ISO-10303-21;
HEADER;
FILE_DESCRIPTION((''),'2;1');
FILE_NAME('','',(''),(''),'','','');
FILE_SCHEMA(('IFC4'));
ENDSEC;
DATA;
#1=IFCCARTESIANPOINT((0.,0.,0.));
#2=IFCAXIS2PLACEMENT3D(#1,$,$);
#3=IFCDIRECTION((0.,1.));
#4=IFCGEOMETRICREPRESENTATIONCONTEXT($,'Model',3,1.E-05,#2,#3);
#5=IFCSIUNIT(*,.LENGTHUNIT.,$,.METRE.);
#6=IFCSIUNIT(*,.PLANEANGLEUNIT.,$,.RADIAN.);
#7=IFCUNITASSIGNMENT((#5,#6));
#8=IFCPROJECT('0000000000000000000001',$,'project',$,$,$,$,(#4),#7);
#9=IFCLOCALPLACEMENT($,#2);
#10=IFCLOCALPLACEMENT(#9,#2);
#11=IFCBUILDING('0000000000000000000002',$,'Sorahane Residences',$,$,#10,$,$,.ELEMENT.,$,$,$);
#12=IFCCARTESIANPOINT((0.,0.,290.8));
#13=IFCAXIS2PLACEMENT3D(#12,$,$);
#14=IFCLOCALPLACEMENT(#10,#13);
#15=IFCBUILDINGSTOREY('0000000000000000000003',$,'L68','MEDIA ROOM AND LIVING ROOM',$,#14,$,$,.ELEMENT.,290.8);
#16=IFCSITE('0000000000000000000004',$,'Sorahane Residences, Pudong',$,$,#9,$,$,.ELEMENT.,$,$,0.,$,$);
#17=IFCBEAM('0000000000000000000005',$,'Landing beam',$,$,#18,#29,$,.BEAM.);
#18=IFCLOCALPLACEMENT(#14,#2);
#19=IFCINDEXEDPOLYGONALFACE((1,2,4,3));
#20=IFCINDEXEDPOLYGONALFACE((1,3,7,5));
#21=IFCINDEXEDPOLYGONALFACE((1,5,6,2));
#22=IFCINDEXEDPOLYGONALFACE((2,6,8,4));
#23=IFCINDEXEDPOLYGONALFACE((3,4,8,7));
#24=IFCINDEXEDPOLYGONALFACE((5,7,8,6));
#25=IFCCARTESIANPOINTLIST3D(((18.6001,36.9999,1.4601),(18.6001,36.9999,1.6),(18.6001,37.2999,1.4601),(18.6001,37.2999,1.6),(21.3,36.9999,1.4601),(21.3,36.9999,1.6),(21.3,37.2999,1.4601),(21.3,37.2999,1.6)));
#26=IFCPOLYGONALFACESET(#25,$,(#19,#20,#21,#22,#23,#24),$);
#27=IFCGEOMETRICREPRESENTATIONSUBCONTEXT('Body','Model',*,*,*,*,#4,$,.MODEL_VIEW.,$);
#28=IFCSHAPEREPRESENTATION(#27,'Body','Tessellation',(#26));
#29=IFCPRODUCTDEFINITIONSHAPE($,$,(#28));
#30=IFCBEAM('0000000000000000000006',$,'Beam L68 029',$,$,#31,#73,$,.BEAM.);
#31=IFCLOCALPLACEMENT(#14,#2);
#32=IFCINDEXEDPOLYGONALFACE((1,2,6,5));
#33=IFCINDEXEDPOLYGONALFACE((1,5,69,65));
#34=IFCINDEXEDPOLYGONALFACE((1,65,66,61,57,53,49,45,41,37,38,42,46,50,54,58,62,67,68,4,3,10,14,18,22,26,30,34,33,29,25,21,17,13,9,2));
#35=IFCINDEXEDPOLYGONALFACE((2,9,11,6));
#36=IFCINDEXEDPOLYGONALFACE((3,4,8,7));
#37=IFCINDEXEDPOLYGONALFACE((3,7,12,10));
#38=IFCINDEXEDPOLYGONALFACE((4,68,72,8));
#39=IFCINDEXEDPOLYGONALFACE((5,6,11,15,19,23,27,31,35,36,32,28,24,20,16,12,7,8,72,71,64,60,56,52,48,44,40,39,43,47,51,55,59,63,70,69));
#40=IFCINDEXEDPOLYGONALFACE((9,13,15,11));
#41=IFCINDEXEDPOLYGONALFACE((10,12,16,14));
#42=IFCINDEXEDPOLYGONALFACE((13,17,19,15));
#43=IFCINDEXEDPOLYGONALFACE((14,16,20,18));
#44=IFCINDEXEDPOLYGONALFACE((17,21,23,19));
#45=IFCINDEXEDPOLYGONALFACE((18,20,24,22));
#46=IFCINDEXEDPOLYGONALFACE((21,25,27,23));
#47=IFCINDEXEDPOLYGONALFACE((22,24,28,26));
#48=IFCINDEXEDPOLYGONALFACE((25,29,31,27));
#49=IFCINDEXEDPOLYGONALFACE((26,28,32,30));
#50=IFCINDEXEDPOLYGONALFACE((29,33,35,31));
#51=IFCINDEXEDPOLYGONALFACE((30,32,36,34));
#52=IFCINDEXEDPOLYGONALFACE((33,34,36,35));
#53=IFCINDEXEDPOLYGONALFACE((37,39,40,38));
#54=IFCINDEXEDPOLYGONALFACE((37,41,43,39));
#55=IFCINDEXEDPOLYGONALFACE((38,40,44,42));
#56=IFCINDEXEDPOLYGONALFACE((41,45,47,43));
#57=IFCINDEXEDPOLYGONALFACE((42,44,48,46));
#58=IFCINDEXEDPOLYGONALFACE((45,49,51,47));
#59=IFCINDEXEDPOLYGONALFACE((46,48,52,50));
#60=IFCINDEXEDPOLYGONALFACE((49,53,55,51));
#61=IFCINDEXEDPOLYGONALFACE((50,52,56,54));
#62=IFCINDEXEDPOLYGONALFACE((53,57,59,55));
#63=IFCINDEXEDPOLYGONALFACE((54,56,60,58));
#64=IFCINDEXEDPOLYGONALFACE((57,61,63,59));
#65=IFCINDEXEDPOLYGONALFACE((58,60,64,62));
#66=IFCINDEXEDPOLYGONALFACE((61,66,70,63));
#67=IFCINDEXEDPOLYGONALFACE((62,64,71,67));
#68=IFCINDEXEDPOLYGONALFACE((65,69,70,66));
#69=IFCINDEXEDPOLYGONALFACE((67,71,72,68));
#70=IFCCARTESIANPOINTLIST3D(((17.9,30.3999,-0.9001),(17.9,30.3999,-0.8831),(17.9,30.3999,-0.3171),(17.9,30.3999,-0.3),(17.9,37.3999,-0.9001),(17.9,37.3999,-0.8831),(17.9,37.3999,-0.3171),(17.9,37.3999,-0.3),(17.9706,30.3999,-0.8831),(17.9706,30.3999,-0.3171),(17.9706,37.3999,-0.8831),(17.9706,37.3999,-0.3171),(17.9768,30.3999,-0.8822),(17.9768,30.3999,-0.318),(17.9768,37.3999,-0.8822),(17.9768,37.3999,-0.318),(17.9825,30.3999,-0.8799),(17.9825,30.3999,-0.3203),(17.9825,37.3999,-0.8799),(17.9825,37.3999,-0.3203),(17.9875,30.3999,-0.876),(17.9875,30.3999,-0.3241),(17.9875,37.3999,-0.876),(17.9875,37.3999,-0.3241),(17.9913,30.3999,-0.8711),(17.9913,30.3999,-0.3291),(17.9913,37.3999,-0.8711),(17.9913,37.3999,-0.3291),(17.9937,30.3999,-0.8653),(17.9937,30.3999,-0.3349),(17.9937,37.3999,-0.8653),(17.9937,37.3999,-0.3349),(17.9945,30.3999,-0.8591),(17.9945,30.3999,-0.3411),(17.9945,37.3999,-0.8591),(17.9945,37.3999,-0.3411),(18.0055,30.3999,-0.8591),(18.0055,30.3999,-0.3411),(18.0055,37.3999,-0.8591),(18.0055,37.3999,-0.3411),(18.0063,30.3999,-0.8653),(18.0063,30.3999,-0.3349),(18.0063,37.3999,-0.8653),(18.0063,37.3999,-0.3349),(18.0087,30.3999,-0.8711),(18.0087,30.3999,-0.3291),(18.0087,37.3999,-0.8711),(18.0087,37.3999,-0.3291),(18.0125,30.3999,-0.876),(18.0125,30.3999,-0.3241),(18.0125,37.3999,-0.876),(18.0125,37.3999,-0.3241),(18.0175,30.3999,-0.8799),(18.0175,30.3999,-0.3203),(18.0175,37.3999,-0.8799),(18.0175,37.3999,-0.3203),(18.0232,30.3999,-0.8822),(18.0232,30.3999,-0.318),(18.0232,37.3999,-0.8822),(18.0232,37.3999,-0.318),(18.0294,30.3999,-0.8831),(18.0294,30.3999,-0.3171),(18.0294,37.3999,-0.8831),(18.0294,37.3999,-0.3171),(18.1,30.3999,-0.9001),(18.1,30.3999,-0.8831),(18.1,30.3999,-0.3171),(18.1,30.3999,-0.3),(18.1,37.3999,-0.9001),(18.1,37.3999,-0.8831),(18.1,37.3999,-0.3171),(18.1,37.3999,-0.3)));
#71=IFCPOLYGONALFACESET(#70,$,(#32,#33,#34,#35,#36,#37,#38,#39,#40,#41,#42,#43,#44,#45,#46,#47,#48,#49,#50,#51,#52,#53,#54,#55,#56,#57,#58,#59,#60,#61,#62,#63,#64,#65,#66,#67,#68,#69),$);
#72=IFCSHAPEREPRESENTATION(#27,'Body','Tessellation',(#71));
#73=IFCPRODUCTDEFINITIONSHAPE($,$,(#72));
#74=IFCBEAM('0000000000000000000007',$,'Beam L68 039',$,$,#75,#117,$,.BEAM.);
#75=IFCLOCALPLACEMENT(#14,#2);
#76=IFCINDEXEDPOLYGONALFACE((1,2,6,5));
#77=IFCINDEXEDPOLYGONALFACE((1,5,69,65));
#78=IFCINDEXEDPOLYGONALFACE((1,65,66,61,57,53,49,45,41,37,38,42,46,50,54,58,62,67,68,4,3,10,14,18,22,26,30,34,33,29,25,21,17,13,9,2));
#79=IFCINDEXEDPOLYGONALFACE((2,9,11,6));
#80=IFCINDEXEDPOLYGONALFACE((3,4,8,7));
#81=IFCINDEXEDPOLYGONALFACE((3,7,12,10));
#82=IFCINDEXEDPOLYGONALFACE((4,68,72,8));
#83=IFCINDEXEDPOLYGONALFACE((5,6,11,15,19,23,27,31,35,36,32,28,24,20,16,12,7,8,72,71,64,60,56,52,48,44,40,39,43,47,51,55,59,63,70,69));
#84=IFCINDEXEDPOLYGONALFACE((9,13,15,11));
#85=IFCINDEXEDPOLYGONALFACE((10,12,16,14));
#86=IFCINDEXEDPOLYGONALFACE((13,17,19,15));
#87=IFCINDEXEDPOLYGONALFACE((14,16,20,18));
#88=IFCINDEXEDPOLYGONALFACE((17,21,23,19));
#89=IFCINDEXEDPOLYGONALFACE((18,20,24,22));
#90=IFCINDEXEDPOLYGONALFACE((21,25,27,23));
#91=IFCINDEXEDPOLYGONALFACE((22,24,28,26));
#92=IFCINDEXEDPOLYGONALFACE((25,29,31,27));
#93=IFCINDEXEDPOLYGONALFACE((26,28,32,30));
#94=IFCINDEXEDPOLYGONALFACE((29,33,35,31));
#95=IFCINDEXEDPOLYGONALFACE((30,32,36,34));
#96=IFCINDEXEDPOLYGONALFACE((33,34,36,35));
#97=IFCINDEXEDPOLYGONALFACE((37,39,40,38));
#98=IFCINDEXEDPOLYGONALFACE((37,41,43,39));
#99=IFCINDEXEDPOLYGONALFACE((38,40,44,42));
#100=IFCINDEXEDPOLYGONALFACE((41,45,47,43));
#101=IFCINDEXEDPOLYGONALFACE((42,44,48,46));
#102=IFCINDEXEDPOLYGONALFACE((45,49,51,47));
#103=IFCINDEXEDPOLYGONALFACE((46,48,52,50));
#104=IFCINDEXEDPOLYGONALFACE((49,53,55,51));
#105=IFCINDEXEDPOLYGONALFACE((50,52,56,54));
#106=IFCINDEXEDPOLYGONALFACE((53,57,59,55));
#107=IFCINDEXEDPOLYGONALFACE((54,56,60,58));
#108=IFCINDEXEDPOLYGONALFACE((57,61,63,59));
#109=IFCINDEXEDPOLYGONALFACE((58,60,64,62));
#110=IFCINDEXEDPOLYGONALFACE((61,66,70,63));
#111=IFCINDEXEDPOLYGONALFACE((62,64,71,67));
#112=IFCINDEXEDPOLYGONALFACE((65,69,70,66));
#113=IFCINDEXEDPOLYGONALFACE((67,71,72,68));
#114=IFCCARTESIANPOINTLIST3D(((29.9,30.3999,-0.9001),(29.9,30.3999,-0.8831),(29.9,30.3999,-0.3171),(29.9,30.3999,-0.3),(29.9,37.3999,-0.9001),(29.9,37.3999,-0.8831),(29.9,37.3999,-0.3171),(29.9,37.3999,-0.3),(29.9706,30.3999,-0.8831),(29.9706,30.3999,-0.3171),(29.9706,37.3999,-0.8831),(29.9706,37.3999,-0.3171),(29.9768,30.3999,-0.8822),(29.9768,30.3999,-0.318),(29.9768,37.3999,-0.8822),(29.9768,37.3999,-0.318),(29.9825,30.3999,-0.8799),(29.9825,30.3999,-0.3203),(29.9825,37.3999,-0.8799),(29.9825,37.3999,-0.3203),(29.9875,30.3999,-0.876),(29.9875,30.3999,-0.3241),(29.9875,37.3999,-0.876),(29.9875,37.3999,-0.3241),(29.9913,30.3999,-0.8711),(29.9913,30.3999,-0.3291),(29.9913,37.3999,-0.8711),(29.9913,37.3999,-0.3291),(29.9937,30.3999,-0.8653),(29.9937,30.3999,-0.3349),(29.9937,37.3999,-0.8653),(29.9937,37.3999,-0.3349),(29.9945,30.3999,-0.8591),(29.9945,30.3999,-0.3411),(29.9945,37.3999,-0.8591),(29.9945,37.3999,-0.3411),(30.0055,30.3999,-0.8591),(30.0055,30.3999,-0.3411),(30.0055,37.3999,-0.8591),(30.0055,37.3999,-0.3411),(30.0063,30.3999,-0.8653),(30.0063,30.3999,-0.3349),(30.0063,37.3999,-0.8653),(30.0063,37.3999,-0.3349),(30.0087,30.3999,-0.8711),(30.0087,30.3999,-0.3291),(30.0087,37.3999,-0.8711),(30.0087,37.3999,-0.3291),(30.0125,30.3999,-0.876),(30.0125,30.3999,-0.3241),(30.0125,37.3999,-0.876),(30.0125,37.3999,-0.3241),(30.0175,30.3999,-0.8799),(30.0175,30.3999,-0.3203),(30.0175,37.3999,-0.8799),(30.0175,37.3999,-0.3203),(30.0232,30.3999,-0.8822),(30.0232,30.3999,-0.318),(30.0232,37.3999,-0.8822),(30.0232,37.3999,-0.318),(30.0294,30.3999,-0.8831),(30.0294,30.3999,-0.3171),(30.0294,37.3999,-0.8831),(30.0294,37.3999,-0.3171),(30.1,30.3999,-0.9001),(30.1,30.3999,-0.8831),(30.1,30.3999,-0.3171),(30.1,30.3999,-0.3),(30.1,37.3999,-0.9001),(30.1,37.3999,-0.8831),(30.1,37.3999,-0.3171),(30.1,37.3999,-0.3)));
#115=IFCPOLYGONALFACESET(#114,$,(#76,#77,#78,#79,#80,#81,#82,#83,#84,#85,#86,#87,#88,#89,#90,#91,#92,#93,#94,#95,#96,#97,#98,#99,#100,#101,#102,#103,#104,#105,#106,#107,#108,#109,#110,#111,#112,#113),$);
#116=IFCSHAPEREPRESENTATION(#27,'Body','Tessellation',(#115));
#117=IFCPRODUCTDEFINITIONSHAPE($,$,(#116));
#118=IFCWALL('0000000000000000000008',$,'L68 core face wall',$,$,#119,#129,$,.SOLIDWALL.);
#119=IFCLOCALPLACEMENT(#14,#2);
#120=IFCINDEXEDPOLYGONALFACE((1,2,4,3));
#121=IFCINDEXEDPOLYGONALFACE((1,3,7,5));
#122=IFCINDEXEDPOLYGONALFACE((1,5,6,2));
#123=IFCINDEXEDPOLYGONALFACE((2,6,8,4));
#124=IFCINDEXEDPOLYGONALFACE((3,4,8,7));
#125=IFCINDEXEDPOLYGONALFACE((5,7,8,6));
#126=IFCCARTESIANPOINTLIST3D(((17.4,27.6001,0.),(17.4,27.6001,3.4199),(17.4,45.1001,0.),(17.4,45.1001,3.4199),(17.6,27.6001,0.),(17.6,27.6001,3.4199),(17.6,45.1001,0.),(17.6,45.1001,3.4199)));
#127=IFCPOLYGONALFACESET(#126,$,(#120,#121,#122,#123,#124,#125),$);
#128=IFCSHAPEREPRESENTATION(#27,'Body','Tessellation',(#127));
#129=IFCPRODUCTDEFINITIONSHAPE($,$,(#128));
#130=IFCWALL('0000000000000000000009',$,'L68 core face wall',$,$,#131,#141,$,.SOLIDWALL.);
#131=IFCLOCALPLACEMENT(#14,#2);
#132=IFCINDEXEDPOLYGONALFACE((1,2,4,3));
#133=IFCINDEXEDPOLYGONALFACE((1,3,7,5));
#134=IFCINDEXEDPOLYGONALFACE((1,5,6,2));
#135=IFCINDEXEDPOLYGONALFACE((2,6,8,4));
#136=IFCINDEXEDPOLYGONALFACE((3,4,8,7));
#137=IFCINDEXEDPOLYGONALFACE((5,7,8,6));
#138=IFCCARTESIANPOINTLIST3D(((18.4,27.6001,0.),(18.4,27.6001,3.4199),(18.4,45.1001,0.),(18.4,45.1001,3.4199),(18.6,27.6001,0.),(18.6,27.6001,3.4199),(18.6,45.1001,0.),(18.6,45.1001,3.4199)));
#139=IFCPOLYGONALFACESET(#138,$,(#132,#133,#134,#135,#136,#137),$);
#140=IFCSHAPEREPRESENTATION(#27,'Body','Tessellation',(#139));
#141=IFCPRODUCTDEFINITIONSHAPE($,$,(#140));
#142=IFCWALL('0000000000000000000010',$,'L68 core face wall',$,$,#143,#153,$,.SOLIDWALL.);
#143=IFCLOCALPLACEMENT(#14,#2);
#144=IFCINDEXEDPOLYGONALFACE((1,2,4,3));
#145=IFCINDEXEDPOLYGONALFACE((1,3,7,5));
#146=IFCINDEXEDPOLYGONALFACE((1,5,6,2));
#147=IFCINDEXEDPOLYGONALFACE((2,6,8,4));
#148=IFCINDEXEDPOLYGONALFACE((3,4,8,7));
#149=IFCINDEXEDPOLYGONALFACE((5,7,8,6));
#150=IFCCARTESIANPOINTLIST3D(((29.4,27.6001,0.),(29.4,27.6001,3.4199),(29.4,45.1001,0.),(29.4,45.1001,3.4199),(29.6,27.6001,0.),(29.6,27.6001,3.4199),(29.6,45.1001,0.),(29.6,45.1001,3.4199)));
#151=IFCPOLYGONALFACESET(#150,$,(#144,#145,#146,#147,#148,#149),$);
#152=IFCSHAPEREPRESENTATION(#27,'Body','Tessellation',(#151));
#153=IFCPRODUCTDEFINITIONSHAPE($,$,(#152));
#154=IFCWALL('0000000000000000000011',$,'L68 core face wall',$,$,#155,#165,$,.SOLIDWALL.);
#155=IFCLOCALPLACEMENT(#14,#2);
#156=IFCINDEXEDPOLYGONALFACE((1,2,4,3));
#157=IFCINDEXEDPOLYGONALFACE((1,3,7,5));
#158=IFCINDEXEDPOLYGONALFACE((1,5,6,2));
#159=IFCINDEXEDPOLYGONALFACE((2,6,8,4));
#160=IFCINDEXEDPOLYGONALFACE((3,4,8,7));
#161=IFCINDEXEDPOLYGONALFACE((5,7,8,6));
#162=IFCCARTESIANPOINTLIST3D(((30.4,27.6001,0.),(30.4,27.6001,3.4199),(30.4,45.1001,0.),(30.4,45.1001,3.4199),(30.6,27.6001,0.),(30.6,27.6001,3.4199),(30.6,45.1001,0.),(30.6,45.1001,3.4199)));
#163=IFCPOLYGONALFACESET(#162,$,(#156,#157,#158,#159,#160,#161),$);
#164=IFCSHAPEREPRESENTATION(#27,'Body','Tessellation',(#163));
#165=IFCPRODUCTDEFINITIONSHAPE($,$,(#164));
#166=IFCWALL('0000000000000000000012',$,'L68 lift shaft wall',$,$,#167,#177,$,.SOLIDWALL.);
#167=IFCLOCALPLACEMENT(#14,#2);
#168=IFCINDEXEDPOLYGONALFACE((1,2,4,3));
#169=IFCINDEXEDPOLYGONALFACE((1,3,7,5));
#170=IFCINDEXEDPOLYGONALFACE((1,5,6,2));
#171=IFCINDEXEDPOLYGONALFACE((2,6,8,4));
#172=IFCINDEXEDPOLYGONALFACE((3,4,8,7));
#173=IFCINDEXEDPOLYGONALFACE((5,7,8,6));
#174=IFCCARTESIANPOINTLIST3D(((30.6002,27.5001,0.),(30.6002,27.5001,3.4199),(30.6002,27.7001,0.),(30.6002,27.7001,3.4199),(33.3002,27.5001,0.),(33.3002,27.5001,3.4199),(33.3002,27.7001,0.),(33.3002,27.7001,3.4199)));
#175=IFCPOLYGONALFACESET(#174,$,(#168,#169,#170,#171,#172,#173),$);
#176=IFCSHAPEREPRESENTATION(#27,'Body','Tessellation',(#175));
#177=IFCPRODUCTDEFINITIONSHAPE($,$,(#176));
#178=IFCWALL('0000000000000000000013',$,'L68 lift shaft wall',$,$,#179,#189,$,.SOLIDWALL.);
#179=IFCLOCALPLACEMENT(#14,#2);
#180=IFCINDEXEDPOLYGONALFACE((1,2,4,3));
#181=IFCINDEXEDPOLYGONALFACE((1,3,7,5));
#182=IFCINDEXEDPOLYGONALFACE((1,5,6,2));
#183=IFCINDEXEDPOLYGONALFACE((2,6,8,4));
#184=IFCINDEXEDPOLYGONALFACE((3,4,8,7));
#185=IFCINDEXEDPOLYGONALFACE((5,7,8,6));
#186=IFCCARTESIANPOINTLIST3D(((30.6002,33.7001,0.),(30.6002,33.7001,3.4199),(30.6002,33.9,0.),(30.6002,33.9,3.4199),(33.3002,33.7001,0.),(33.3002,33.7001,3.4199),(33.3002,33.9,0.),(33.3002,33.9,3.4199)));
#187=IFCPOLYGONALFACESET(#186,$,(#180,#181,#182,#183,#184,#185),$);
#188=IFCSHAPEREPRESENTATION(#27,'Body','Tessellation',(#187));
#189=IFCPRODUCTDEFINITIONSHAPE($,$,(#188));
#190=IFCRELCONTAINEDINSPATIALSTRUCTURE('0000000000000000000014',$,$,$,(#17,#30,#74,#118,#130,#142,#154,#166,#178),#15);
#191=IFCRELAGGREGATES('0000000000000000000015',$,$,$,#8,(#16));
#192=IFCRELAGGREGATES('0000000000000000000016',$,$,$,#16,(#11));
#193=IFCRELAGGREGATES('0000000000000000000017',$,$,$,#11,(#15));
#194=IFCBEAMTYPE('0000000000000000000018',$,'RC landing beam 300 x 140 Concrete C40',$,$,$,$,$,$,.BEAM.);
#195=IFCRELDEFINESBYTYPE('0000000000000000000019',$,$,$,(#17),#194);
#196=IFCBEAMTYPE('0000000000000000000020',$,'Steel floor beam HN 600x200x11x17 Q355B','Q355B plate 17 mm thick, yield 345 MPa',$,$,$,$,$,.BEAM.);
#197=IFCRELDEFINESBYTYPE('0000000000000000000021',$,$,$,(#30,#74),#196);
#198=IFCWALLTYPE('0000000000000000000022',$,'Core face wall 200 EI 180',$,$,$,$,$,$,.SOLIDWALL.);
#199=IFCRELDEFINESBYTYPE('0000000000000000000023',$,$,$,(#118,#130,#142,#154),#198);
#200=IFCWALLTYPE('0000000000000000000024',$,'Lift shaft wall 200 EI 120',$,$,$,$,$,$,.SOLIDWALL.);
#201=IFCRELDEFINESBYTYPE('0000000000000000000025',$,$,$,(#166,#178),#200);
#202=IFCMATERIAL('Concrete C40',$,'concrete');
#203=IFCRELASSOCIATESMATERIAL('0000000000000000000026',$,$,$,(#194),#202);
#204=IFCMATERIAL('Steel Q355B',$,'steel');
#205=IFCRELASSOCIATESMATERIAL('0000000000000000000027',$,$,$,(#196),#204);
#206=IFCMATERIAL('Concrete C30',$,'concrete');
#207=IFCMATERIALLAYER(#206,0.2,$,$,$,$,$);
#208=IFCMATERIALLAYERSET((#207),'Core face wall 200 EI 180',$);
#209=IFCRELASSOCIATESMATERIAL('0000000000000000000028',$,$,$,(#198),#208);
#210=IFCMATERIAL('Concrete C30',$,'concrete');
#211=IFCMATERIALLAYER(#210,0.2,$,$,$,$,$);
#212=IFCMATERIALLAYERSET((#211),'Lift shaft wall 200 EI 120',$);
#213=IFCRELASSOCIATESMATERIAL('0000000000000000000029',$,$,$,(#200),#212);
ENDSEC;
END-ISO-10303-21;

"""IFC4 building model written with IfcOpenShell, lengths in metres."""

from ifc_helpers import new_model, si_unit, direction, frame, frame_2d, origin, origin_2d, place, context, subcontext, project, spatial, rectangle, i_section, extrude, material, layer, layer_set, material_profile, profile_set, type_object, element, save


model = new_model("IFC4")

# Units and contexts
model_context = context("Model", 3, precision=1e-05, world=origin(), true_north=direction((0.0, 1.0)))
body_context = subcontext(model_context, "Body", "Model", "MODEL_VIEW")
ifc_project = project(units=[si_unit("LENGTHUNIT", "METRE"), si_unit("PLANEANGLEUNIT", "RADIAN")], contexts=[model_context])

# Site, building, storey
site_placement = place(None, origin())
site = spatial("IfcSite", under=ifc_project, at=site_placement, Name="Sorahane Residences, Pudong", CompositionType="ELEMENT", RefElevation=0.0)
building_placement = place(site_placement, origin())
building = spatial("IfcBuilding", under=site, at=building_placement, Name="Sorahane Residences", CompositionType="ELEMENT")
storey_placement = place(building_placement, frame((0.0, 0.0, 290.8)))
storey = spatial("IfcBuildingStorey", under=building, at=storey_placement, Name="L68", Description="MEDIA ROOM AND LIVING ROOM", CompositionType="ELEMENT", Elevation=290.8)

# Beams
ifc_material_1 = material(Name="Concrete C40", Category="concrete")
ifc_material_profile_1 = material_profile(ifc_material_1, rectangle(XDim=0.3, YDim=0.1399, at=origin_2d()), Name="300x140")
ifc_profile_set_1 = profile_set([ifc_material_profile_1], Name="Concrete C40")
beam_type_1 = type_object("IfcBeamType", Name="RC landing beam 300 x 140 Concrete C40", PredefinedType="BEAM", material=ifc_profile_set_1)
beam_placement = place(storey_placement, frame((18.6001, 37.1499, 1.53), z_axis=(1.0, 0.0, 0.0), x_axis=(0.0, 1.0, 0.0)))
element("IfcBeam", 1, at=beam_placement, inside=storey, type_object=beam_type_1, Name="Landing beam", PredefinedType="BEAM", context=body_context, shape_type="SweptSolid", body=[
    extrude(rectangle(XDim=0.3, YDim=0.1399, at=origin_2d()), origin(), (0.0, 0.0, 1.0), 2.7),
])
ifc_material_2 = material(Name="Steel Q355B", Category="steel")
ifc_material_profile_2 = material_profile(ifc_material_2, i_section(OverallWidth=0.2, OverallDepth=0.6001, WebThickness=0.011, FlangeThickness=0.0171, FilletRadius=0.0239, at=origin_2d()), Name="HN 600x200x11x17")
ifc_profile_set_2 = profile_set([ifc_material_profile_2], Name="Steel Q355B")
beam_type_2 = type_object("IfcBeamType", Name="Steel floor beam HN 600x200x11x17 Q355B", Description="Q355B plate 17 mm thick, yield 345 MPa", PredefinedType="BEAM", material=ifc_profile_set_2)
for number, where, z_axis, x_axis, name in (
    (2, (18.0, 30.3999, -0.6001), (0.0, 1.0, 0.0), (-1.0, 0.0, 0.0), "Beam L68 029"),
    (3, (30.0, 30.3999, -0.6001), (0.0, 1.0, 0.0), (-1.0, 0.0, 0.0), "Beam L68 039"),
):
    element("IfcBeam", number, at=place(storey_placement, frame(where, z_axis=z_axis, x_axis=x_axis)), inside=storey, type_object=beam_type_2, Name=name, PredefinedType="BEAM", context=body_context, shape_type="SweptSolid", body=[
        extrude(i_section(OverallWidth=0.2, OverallDepth=0.6001, WebThickness=0.011, FlangeThickness=0.0171, FilletRadius=0.0239, at=origin_2d()), origin(), (0.0, 0.0, 1.0), 7.0),
    ])

# Walls
ifc_material_3 = material(Name="Concrete C30", Category="concrete")
ifc_layer_1 = layer(ifc_material_3, 0.2)
ifc_layer_set_1 = layer_set([ifc_layer_1], Name="Core face wall 200 EI 180")
wall_type_1 = type_object("IfcWallType", Name="Core face wall 200 EI 180", PredefinedType="SOLIDWALL", material=ifc_layer_set_1)
for number, where, z_axis, x_axis, name in (
    (4, (17.5, 27.6001, 0.0), (0.0, 0.0, 1.0), (0.0, 1.0, 0.0), "L68 core face wall"),
    (5, (18.5, 27.6001, 0.0), (0.0, 0.0, 1.0), (0.0, 1.0, 0.0), "L68 core face wall"),
    (6, (29.5, 27.6001, 0.0), (0.0, 0.0, 1.0), (0.0, 1.0, 0.0), "L68 core face wall"),
    (7, (30.5, 27.6001, 0.0), (0.0, 0.0, 1.0), (0.0, 1.0, 0.0), "L68 core face wall"),
):
    element("IfcWall", number, at=place(storey_placement, frame(where, z_axis=z_axis, x_axis=x_axis)), inside=storey, type_object=wall_type_1, Name=name, PredefinedType="SOLIDWALL", context=body_context, shape_type="SweptSolid", body=[
        extrude(rectangle(XDim=17.5, YDim=0.2, at=frame_2d((8.75, 0.0))), origin(), (0.0, 0.0, 1.0), 3.4199),
    ])
ifc_material_4 = material(Name="Concrete C30", Category="concrete")
ifc_layer_2 = layer(ifc_material_4, 0.2)
ifc_layer_set_2 = layer_set([ifc_layer_2], Name="Lift shaft wall 200 EI 120")
wall_type_2 = type_object("IfcWallType", Name="Lift shaft wall 200 EI 120", PredefinedType="SOLIDWALL", material=ifc_layer_set_2)
for number, where, z_axis, x_axis, name in (
    (8, (30.6001, 27.6001, 0.0), (0.0, 0.0, 1.0), (1.0, 0.0, 0.0), "L68 lift shaft wall"),
    (9, (30.6001, 33.8, 0.0), (0.0, 0.0, 1.0), (1.0, 0.0, 0.0), "L68 lift shaft wall"),
):
    element("IfcWall", number, at=place(storey_placement, frame(where, z_axis=z_axis, x_axis=x_axis)), inside=storey, type_object=wall_type_2, Name=name, PredefinedType="SOLIDWALL", context=body_context, shape_type="SweptSolid", body=[
        extrude(rectangle(XDim=2.7, YDim=0.2, at=frame_2d((1.3501, 0.0))), origin(), (0.0, 0.0, 1.0), 3.4199),
    ])

save(model, "model.ifc")
